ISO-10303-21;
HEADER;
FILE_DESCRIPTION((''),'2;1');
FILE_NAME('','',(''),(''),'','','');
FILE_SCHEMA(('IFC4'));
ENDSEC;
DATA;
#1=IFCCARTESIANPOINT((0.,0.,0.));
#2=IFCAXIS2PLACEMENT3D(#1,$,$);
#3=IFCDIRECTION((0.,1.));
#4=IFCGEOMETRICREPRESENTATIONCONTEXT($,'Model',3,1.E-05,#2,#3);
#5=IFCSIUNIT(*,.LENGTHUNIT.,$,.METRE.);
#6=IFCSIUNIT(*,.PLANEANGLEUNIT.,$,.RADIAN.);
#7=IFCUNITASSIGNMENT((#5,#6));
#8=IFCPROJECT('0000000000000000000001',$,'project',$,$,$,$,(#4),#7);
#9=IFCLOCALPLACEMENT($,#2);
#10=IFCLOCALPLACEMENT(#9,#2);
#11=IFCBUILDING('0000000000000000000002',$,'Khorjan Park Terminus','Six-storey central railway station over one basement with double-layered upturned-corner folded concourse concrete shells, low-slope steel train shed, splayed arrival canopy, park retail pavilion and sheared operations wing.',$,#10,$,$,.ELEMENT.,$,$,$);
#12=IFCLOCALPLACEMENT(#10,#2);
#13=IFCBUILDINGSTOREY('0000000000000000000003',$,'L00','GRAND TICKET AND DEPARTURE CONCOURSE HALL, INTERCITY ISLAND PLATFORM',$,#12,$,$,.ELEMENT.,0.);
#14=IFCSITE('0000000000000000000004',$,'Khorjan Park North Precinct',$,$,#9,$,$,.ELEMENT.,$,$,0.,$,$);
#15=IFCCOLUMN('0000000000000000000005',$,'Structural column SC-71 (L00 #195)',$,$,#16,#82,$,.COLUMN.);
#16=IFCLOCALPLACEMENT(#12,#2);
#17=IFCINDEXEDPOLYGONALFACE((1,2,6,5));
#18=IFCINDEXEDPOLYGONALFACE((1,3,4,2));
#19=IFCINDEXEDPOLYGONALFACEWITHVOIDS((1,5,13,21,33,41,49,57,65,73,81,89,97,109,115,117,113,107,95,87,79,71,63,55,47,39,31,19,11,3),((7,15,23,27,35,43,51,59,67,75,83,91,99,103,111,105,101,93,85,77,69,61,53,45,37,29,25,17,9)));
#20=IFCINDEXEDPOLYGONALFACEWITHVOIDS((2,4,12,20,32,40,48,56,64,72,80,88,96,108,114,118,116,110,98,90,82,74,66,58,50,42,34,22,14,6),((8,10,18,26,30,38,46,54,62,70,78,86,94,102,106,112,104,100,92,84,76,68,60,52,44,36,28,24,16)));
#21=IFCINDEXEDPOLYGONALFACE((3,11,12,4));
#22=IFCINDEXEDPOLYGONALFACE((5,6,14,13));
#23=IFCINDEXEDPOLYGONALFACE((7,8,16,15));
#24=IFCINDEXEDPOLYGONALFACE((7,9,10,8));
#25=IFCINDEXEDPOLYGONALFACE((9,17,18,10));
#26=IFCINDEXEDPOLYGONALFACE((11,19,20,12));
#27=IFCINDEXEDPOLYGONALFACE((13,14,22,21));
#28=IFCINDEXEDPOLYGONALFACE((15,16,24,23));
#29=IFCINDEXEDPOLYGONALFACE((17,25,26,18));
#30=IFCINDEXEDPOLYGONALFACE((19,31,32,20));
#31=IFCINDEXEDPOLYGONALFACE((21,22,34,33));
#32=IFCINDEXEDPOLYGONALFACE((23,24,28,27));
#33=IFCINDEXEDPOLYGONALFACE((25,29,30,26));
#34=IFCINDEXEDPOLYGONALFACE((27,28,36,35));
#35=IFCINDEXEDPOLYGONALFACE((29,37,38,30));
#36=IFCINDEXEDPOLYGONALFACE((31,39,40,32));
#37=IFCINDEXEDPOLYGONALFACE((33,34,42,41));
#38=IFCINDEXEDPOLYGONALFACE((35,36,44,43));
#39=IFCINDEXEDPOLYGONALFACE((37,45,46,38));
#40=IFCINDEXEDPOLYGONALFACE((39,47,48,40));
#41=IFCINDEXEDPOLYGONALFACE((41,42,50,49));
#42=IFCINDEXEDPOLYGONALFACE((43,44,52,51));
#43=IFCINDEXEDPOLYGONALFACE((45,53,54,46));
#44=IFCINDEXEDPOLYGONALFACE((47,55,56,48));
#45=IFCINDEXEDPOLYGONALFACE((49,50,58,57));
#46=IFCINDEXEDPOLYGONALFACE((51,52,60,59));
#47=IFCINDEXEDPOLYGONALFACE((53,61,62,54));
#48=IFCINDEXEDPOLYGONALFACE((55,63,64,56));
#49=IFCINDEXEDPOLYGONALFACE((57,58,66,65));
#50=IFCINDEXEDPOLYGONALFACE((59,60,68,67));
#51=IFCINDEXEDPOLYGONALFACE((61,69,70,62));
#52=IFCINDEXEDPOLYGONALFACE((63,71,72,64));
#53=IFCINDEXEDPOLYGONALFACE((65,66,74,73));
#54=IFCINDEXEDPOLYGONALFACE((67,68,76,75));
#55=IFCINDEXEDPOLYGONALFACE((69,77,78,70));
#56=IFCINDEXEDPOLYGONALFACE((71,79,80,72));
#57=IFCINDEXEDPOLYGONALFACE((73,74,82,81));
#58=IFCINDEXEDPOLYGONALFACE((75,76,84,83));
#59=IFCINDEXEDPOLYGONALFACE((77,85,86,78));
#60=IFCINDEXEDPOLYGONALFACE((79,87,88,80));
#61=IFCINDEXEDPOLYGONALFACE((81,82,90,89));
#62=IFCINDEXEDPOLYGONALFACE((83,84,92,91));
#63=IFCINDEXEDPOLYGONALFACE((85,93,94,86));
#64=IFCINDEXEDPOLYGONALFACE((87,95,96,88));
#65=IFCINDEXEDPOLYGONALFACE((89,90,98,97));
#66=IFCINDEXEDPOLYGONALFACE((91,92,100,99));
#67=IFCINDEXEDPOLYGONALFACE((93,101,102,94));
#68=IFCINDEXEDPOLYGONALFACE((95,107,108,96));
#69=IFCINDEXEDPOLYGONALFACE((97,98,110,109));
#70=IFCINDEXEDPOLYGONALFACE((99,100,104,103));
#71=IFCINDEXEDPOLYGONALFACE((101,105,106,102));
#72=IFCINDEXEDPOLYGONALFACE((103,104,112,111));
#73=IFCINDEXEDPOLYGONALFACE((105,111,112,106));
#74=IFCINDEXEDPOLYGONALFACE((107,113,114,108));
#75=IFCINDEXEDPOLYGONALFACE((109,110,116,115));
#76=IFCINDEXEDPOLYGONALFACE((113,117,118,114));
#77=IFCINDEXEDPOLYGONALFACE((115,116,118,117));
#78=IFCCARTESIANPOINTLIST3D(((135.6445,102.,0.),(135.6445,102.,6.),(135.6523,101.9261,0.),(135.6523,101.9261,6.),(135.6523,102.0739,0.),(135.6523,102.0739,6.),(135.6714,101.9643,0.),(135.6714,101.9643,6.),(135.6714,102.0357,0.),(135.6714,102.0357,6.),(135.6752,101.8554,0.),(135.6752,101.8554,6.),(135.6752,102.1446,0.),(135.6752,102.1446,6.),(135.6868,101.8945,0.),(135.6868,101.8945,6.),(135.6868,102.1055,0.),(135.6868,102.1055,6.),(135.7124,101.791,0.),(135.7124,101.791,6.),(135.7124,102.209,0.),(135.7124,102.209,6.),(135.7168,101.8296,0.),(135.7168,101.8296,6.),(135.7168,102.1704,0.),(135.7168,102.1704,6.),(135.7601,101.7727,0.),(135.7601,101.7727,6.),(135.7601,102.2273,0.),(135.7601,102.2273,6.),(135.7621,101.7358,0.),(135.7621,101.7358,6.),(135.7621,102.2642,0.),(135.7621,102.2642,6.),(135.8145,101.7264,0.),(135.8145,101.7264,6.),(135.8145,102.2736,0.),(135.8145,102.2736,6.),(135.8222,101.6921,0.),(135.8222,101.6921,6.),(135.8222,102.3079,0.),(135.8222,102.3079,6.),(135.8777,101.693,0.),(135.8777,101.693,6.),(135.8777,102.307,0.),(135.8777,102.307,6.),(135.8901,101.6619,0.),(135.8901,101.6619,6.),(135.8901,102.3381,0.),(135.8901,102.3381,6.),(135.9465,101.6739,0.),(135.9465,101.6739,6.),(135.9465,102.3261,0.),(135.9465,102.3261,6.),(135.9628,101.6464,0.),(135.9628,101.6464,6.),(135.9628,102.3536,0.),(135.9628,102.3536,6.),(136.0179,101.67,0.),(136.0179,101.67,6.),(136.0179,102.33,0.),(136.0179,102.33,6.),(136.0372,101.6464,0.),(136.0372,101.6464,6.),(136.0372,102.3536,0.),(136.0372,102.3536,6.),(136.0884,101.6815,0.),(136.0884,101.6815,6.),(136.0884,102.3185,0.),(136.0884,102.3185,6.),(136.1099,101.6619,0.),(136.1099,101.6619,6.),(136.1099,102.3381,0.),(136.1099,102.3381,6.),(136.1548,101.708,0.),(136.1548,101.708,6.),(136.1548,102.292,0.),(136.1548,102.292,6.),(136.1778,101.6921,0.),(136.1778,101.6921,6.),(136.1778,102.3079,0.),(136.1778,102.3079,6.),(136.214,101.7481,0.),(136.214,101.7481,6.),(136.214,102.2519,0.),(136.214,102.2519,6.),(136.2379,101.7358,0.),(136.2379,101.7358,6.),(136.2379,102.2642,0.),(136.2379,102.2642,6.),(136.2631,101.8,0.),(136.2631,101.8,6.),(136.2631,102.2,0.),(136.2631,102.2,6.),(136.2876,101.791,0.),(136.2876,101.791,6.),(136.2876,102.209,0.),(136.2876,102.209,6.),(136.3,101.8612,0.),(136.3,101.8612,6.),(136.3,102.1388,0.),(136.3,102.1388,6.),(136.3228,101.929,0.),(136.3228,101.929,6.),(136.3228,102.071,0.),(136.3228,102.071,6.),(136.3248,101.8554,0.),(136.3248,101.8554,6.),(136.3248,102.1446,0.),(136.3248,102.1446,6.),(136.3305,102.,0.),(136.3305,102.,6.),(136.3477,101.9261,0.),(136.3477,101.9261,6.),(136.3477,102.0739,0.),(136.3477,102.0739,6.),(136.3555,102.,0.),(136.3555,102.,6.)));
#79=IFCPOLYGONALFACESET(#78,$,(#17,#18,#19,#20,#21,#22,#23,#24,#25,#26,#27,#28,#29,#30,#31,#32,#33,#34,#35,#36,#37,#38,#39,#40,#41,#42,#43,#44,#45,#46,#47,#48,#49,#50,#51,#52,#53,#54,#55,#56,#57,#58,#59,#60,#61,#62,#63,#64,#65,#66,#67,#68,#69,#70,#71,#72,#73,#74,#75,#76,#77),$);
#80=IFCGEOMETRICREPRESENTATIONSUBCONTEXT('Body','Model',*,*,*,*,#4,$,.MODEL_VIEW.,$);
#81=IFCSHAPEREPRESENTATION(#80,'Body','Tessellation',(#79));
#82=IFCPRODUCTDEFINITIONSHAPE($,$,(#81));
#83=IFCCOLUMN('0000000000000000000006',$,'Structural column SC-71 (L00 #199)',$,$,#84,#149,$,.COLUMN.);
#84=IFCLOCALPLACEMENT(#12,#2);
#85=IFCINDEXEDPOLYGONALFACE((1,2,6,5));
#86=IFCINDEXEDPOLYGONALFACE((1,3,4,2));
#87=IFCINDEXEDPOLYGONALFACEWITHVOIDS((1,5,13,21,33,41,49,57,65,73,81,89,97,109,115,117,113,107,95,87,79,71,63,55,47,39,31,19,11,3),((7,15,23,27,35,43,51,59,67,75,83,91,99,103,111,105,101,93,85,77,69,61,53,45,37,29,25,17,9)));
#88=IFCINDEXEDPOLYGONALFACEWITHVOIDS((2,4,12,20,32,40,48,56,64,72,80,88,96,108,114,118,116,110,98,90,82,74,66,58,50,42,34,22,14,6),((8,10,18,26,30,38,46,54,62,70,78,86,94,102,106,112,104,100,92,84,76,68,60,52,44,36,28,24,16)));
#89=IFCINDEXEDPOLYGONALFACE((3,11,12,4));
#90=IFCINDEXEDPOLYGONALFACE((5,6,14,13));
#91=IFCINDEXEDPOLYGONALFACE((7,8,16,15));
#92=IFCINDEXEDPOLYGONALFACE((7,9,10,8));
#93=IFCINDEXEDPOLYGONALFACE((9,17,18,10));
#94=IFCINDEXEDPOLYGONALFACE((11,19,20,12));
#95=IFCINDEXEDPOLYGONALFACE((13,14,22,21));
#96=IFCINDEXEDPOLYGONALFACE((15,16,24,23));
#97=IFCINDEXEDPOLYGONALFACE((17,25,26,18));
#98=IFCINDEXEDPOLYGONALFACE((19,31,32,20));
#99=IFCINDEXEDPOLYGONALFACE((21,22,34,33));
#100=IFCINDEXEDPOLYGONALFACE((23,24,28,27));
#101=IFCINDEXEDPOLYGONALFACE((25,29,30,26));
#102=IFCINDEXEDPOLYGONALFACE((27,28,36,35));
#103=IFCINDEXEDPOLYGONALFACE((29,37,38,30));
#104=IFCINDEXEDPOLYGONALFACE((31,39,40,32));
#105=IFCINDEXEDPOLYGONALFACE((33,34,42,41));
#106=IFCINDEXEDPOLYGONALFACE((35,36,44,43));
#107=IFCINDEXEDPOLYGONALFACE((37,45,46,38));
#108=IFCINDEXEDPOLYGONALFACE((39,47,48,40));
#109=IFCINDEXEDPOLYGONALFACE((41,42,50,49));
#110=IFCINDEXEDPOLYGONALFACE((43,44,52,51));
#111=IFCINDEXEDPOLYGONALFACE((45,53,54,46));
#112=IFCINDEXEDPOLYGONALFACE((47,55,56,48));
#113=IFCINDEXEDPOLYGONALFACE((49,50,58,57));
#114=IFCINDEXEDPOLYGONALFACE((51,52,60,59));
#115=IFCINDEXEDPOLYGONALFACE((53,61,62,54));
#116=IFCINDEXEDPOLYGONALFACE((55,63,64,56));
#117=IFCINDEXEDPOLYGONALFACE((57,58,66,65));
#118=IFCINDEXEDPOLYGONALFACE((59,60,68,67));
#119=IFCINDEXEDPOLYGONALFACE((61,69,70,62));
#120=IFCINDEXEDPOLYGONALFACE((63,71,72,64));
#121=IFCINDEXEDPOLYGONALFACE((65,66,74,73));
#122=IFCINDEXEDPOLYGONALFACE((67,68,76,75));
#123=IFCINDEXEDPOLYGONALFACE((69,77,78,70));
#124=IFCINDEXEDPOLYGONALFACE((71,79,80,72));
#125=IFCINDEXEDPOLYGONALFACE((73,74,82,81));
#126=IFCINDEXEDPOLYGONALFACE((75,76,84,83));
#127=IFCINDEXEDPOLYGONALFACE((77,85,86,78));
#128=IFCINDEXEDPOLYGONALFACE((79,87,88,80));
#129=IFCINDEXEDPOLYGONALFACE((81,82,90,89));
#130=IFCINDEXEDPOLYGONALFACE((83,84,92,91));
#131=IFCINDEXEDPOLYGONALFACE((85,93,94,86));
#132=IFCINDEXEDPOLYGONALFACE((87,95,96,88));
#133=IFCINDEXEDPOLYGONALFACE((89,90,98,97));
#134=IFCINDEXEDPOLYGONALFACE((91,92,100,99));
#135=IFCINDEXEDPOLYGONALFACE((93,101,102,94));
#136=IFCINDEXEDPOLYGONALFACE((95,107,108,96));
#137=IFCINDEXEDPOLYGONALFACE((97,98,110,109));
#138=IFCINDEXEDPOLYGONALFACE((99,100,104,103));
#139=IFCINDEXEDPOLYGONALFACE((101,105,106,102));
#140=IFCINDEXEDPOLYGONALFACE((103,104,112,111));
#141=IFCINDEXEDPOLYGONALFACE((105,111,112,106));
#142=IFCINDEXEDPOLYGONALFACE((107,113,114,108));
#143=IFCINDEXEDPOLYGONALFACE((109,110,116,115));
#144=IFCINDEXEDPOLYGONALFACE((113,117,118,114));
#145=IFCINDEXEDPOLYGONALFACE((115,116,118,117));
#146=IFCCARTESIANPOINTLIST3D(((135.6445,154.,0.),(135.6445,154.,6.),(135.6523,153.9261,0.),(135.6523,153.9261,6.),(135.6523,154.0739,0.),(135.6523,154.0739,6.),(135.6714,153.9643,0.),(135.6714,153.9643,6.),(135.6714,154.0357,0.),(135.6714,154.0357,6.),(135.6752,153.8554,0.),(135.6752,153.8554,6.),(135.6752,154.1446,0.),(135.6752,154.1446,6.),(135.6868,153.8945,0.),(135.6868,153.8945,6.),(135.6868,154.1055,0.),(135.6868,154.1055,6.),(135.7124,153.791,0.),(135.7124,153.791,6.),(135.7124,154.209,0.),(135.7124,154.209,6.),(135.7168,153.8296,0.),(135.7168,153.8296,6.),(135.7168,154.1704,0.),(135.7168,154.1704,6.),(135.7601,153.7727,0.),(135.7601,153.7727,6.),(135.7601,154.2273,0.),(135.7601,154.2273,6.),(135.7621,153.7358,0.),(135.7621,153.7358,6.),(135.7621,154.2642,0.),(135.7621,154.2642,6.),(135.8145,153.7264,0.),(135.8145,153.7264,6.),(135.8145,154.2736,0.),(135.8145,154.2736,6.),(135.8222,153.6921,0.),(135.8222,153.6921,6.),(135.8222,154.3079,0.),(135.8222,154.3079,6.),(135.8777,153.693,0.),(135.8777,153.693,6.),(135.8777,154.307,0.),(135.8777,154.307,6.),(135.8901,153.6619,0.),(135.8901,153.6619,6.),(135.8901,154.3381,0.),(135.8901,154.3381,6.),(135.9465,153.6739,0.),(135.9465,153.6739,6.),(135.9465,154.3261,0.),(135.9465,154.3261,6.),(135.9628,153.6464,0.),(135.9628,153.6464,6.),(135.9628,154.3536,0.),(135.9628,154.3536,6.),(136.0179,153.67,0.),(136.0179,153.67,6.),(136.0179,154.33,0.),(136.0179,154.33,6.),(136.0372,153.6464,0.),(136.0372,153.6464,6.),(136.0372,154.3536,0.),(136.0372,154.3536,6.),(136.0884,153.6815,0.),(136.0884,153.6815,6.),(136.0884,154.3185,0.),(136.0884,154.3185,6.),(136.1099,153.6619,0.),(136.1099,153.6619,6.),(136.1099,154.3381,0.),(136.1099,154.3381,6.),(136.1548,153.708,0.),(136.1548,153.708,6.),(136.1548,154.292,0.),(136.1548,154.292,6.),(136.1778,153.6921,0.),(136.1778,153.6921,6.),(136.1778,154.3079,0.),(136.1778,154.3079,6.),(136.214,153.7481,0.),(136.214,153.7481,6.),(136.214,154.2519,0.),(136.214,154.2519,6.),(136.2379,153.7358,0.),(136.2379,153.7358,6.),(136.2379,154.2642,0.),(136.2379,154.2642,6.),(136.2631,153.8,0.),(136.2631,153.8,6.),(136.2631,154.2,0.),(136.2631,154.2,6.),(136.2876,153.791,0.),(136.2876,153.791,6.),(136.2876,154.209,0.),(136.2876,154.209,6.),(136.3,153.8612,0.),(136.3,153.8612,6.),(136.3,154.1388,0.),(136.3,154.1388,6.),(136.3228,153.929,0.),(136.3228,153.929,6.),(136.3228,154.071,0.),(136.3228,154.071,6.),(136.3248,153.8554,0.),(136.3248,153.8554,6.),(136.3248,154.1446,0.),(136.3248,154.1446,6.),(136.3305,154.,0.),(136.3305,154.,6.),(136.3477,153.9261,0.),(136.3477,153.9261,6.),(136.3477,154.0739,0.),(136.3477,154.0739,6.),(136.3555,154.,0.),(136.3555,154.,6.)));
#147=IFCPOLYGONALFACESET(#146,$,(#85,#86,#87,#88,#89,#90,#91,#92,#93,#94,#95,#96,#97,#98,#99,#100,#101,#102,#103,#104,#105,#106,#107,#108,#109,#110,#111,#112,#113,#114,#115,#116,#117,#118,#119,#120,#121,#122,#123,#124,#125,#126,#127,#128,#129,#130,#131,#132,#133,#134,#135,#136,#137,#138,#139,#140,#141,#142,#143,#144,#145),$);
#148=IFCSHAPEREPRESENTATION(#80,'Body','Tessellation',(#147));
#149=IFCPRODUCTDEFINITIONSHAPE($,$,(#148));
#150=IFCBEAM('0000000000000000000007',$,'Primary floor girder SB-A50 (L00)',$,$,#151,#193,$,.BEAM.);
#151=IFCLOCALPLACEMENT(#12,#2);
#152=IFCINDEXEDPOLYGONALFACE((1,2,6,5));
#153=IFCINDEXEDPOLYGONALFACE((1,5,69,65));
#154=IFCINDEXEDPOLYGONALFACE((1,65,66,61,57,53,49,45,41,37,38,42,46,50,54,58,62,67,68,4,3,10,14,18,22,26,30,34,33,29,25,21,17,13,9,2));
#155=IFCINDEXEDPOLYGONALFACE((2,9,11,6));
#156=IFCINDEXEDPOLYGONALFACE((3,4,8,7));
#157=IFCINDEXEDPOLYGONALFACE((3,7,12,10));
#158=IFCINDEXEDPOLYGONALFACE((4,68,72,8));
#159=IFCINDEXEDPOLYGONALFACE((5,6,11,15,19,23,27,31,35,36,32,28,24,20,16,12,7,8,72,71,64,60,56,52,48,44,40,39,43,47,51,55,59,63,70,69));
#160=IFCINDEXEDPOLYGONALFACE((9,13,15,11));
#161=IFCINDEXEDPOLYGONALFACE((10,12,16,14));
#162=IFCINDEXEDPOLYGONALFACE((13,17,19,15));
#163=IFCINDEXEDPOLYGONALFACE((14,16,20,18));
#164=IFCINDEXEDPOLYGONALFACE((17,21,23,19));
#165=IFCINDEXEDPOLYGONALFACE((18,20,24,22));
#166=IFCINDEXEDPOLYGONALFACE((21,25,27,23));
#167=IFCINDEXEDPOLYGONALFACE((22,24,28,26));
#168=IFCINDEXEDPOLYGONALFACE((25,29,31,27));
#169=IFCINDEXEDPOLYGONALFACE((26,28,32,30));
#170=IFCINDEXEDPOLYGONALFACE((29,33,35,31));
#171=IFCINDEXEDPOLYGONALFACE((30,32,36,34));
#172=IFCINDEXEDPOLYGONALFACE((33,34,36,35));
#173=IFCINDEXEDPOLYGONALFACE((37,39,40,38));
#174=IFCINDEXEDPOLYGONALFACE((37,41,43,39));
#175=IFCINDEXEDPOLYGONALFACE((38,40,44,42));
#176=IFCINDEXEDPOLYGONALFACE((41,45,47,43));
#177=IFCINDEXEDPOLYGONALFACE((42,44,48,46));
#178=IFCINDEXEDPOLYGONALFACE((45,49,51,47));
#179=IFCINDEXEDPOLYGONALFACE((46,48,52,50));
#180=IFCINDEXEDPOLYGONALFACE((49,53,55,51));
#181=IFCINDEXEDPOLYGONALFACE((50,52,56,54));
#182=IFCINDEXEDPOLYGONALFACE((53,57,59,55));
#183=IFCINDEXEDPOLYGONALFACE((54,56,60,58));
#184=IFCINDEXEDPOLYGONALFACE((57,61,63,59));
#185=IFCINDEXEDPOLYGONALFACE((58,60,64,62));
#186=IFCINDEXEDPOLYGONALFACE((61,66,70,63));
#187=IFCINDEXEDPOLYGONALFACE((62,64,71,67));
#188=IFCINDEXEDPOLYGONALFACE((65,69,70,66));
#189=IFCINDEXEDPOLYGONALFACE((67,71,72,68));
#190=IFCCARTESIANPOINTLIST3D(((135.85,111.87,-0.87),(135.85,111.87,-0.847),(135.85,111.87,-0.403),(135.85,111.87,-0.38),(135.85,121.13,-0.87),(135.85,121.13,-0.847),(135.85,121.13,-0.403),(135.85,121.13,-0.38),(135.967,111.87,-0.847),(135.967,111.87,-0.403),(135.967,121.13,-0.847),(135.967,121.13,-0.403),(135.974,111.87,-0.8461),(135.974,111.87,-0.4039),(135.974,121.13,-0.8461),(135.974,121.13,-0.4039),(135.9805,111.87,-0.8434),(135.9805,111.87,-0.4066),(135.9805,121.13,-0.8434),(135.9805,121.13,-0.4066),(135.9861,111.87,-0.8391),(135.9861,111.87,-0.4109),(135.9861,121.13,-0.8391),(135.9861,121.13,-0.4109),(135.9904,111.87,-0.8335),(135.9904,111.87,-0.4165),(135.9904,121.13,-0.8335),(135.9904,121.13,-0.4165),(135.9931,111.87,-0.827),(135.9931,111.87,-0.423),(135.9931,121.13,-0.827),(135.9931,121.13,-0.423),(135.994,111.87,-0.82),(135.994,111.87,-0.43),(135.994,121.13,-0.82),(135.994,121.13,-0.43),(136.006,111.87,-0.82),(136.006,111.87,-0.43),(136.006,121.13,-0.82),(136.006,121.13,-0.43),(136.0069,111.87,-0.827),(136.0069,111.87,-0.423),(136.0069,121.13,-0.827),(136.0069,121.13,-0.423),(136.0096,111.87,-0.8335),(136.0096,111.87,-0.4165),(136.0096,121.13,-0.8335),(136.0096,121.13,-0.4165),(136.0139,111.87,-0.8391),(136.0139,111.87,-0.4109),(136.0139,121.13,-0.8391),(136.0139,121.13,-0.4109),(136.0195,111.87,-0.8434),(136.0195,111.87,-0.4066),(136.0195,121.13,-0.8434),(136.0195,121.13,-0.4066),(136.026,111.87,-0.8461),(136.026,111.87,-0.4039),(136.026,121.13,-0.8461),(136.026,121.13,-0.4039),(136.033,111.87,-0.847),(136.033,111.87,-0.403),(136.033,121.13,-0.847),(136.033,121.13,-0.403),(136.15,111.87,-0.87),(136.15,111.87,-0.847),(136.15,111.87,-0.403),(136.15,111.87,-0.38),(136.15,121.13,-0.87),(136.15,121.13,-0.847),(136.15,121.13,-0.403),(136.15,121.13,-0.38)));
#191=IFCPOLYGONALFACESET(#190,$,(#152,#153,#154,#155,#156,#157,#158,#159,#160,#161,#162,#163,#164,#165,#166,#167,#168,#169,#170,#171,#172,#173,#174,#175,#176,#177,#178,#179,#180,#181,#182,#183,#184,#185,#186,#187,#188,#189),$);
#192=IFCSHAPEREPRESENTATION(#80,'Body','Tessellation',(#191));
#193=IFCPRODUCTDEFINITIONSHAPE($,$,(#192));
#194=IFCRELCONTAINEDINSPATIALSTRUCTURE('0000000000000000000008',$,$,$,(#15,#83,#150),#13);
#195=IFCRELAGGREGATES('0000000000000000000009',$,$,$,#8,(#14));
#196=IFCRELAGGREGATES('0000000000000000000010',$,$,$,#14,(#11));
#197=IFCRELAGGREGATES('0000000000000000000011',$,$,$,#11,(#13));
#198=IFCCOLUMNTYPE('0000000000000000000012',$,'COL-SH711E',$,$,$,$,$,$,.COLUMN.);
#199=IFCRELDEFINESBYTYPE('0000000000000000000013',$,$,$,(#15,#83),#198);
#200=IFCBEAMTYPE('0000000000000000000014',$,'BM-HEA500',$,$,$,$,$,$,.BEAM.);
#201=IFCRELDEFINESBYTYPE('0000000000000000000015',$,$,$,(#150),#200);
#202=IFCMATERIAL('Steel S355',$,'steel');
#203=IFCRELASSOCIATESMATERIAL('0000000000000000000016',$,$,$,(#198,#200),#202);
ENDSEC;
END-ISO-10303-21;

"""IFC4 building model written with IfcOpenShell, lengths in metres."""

from ifc_helpers import new_model, si_unit, direction, frame, origin, origin_2d, place, context, subcontext, project, spatial, hollow_circle, i_section, extrude, material, material_profile, profile_set, type_object, element, save


model = new_model("IFC4")

# Units and contexts
model_context = context("Model", 3, precision=1e-05, world=origin(), true_north=direction((0.0, 1.0)))
body_context = subcontext(model_context, "Body", "Model", "MODEL_VIEW")
ifc_project = project(units=[si_unit("LENGTHUNIT", "METRE"), si_unit("PLANEANGLEUNIT", "RADIAN")], contexts=[model_context])

# Site, building, storey
site_placement = place(None, origin())
site = spatial("IfcSite", under=ifc_project, at=site_placement, Name="Khorjan Park North Precinct", CompositionType="ELEMENT", RefElevation=0.0)
building_placement = place(site_placement, origin())
building = spatial("IfcBuilding", under=site, at=building_placement, Name="Khorjan Park Terminus", Description="Six-storey central railway station over one basement with double-layered upturned-corner folded concourse concrete shells, low-slope steel train shed, splayed arrival canopy, park retail pavilion and sheared operations wing.", CompositionType="ELEMENT")
storey_placement = place(building_placement, origin())
storey = spatial("IfcBuildingStorey", under=building, at=storey_placement, Name="L00", Description="GRAND TICKET AND DEPARTURE CONCOURSE HALL, INTERCITY ISLAND PLATFORM", CompositionType="ELEMENT", Elevation=0.0)

# Columns
ifc_material_1 = material(Name="Steel S355", Category="steel")
ifc_material_profile_1 = material_profile(ifc_material_1, hollow_circle(Radius=0.3555, WallThickness=0.025, at=origin_2d()), Name="CHS 711x25")
ifc_profile_set_1 = profile_set([ifc_material_profile_1], Name="Steel S355")
column_type = type_object("IfcColumnType", Name="COL-SH711E", PredefinedType="COLUMN", material=ifc_profile_set_1)
for number, where, z_axis, x_axis, name in (
    (1, (136.0, 102.0, 0.0), (0.0, 0.0, 1.0), (1.0, 0.0, 0.0), "Structural column SC-71 (L00 #195)"),
    (2, (136.0, 154.0, 0.0), (0.0, 0.0, 1.0), (1.0, 0.0, 0.0), "Structural column SC-71 (L00 #199)"),
):
    element("IfcColumn", number, at=place(storey_placement, frame(where, z_axis=z_axis, x_axis=x_axis)), inside=storey, type_object=column_type, Name=name, PredefinedType="COLUMN", context=body_context, shape_type="SweptSolid", body=[
        extrude(hollow_circle(Radius=0.3555, WallThickness=0.025, at=origin_2d()), origin(), (0.0, 0.0, 1.0), 6.0),
    ])

# Beam
ifc_material_profile_2 = material_profile(ifc_material_1, i_section(OverallWidth=0.3, OverallDepth=0.49, WebThickness=0.012, FlangeThickness=0.023, FilletRadius=0.027, at=origin_2d()), Name="HEA 500")
ifc_profile_set_2 = profile_set([ifc_material_profile_2], Name="Steel S355")
beam_type_1 = type_object("IfcBeamType", Name="BM-HEA500", PredefinedType="BEAM", material=ifc_profile_set_2)
beam_1_placement = place(storey_placement, frame((136.0, 111.87, -0.625), z_axis=(0.0, 1.0, 0.0), x_axis=(-1.0, 0.0, 0.0)))
element("IfcBeam", 3, at=beam_1_placement, inside=storey, type_object=beam_type_1, Name="Primary floor girder SB-A50 (L00)", PredefinedType="BEAM", context=body_context, shape_type="SweptSolid", body=[
    extrude(i_section(OverallWidth=0.3, OverallDepth=0.49, WebThickness=0.012, FlangeThickness=0.023, FilletRadius=0.027, at=origin_2d()), origin(), (0.0, 0.0, 1.0), 9.26),
])

save(model, "model.ifc")
